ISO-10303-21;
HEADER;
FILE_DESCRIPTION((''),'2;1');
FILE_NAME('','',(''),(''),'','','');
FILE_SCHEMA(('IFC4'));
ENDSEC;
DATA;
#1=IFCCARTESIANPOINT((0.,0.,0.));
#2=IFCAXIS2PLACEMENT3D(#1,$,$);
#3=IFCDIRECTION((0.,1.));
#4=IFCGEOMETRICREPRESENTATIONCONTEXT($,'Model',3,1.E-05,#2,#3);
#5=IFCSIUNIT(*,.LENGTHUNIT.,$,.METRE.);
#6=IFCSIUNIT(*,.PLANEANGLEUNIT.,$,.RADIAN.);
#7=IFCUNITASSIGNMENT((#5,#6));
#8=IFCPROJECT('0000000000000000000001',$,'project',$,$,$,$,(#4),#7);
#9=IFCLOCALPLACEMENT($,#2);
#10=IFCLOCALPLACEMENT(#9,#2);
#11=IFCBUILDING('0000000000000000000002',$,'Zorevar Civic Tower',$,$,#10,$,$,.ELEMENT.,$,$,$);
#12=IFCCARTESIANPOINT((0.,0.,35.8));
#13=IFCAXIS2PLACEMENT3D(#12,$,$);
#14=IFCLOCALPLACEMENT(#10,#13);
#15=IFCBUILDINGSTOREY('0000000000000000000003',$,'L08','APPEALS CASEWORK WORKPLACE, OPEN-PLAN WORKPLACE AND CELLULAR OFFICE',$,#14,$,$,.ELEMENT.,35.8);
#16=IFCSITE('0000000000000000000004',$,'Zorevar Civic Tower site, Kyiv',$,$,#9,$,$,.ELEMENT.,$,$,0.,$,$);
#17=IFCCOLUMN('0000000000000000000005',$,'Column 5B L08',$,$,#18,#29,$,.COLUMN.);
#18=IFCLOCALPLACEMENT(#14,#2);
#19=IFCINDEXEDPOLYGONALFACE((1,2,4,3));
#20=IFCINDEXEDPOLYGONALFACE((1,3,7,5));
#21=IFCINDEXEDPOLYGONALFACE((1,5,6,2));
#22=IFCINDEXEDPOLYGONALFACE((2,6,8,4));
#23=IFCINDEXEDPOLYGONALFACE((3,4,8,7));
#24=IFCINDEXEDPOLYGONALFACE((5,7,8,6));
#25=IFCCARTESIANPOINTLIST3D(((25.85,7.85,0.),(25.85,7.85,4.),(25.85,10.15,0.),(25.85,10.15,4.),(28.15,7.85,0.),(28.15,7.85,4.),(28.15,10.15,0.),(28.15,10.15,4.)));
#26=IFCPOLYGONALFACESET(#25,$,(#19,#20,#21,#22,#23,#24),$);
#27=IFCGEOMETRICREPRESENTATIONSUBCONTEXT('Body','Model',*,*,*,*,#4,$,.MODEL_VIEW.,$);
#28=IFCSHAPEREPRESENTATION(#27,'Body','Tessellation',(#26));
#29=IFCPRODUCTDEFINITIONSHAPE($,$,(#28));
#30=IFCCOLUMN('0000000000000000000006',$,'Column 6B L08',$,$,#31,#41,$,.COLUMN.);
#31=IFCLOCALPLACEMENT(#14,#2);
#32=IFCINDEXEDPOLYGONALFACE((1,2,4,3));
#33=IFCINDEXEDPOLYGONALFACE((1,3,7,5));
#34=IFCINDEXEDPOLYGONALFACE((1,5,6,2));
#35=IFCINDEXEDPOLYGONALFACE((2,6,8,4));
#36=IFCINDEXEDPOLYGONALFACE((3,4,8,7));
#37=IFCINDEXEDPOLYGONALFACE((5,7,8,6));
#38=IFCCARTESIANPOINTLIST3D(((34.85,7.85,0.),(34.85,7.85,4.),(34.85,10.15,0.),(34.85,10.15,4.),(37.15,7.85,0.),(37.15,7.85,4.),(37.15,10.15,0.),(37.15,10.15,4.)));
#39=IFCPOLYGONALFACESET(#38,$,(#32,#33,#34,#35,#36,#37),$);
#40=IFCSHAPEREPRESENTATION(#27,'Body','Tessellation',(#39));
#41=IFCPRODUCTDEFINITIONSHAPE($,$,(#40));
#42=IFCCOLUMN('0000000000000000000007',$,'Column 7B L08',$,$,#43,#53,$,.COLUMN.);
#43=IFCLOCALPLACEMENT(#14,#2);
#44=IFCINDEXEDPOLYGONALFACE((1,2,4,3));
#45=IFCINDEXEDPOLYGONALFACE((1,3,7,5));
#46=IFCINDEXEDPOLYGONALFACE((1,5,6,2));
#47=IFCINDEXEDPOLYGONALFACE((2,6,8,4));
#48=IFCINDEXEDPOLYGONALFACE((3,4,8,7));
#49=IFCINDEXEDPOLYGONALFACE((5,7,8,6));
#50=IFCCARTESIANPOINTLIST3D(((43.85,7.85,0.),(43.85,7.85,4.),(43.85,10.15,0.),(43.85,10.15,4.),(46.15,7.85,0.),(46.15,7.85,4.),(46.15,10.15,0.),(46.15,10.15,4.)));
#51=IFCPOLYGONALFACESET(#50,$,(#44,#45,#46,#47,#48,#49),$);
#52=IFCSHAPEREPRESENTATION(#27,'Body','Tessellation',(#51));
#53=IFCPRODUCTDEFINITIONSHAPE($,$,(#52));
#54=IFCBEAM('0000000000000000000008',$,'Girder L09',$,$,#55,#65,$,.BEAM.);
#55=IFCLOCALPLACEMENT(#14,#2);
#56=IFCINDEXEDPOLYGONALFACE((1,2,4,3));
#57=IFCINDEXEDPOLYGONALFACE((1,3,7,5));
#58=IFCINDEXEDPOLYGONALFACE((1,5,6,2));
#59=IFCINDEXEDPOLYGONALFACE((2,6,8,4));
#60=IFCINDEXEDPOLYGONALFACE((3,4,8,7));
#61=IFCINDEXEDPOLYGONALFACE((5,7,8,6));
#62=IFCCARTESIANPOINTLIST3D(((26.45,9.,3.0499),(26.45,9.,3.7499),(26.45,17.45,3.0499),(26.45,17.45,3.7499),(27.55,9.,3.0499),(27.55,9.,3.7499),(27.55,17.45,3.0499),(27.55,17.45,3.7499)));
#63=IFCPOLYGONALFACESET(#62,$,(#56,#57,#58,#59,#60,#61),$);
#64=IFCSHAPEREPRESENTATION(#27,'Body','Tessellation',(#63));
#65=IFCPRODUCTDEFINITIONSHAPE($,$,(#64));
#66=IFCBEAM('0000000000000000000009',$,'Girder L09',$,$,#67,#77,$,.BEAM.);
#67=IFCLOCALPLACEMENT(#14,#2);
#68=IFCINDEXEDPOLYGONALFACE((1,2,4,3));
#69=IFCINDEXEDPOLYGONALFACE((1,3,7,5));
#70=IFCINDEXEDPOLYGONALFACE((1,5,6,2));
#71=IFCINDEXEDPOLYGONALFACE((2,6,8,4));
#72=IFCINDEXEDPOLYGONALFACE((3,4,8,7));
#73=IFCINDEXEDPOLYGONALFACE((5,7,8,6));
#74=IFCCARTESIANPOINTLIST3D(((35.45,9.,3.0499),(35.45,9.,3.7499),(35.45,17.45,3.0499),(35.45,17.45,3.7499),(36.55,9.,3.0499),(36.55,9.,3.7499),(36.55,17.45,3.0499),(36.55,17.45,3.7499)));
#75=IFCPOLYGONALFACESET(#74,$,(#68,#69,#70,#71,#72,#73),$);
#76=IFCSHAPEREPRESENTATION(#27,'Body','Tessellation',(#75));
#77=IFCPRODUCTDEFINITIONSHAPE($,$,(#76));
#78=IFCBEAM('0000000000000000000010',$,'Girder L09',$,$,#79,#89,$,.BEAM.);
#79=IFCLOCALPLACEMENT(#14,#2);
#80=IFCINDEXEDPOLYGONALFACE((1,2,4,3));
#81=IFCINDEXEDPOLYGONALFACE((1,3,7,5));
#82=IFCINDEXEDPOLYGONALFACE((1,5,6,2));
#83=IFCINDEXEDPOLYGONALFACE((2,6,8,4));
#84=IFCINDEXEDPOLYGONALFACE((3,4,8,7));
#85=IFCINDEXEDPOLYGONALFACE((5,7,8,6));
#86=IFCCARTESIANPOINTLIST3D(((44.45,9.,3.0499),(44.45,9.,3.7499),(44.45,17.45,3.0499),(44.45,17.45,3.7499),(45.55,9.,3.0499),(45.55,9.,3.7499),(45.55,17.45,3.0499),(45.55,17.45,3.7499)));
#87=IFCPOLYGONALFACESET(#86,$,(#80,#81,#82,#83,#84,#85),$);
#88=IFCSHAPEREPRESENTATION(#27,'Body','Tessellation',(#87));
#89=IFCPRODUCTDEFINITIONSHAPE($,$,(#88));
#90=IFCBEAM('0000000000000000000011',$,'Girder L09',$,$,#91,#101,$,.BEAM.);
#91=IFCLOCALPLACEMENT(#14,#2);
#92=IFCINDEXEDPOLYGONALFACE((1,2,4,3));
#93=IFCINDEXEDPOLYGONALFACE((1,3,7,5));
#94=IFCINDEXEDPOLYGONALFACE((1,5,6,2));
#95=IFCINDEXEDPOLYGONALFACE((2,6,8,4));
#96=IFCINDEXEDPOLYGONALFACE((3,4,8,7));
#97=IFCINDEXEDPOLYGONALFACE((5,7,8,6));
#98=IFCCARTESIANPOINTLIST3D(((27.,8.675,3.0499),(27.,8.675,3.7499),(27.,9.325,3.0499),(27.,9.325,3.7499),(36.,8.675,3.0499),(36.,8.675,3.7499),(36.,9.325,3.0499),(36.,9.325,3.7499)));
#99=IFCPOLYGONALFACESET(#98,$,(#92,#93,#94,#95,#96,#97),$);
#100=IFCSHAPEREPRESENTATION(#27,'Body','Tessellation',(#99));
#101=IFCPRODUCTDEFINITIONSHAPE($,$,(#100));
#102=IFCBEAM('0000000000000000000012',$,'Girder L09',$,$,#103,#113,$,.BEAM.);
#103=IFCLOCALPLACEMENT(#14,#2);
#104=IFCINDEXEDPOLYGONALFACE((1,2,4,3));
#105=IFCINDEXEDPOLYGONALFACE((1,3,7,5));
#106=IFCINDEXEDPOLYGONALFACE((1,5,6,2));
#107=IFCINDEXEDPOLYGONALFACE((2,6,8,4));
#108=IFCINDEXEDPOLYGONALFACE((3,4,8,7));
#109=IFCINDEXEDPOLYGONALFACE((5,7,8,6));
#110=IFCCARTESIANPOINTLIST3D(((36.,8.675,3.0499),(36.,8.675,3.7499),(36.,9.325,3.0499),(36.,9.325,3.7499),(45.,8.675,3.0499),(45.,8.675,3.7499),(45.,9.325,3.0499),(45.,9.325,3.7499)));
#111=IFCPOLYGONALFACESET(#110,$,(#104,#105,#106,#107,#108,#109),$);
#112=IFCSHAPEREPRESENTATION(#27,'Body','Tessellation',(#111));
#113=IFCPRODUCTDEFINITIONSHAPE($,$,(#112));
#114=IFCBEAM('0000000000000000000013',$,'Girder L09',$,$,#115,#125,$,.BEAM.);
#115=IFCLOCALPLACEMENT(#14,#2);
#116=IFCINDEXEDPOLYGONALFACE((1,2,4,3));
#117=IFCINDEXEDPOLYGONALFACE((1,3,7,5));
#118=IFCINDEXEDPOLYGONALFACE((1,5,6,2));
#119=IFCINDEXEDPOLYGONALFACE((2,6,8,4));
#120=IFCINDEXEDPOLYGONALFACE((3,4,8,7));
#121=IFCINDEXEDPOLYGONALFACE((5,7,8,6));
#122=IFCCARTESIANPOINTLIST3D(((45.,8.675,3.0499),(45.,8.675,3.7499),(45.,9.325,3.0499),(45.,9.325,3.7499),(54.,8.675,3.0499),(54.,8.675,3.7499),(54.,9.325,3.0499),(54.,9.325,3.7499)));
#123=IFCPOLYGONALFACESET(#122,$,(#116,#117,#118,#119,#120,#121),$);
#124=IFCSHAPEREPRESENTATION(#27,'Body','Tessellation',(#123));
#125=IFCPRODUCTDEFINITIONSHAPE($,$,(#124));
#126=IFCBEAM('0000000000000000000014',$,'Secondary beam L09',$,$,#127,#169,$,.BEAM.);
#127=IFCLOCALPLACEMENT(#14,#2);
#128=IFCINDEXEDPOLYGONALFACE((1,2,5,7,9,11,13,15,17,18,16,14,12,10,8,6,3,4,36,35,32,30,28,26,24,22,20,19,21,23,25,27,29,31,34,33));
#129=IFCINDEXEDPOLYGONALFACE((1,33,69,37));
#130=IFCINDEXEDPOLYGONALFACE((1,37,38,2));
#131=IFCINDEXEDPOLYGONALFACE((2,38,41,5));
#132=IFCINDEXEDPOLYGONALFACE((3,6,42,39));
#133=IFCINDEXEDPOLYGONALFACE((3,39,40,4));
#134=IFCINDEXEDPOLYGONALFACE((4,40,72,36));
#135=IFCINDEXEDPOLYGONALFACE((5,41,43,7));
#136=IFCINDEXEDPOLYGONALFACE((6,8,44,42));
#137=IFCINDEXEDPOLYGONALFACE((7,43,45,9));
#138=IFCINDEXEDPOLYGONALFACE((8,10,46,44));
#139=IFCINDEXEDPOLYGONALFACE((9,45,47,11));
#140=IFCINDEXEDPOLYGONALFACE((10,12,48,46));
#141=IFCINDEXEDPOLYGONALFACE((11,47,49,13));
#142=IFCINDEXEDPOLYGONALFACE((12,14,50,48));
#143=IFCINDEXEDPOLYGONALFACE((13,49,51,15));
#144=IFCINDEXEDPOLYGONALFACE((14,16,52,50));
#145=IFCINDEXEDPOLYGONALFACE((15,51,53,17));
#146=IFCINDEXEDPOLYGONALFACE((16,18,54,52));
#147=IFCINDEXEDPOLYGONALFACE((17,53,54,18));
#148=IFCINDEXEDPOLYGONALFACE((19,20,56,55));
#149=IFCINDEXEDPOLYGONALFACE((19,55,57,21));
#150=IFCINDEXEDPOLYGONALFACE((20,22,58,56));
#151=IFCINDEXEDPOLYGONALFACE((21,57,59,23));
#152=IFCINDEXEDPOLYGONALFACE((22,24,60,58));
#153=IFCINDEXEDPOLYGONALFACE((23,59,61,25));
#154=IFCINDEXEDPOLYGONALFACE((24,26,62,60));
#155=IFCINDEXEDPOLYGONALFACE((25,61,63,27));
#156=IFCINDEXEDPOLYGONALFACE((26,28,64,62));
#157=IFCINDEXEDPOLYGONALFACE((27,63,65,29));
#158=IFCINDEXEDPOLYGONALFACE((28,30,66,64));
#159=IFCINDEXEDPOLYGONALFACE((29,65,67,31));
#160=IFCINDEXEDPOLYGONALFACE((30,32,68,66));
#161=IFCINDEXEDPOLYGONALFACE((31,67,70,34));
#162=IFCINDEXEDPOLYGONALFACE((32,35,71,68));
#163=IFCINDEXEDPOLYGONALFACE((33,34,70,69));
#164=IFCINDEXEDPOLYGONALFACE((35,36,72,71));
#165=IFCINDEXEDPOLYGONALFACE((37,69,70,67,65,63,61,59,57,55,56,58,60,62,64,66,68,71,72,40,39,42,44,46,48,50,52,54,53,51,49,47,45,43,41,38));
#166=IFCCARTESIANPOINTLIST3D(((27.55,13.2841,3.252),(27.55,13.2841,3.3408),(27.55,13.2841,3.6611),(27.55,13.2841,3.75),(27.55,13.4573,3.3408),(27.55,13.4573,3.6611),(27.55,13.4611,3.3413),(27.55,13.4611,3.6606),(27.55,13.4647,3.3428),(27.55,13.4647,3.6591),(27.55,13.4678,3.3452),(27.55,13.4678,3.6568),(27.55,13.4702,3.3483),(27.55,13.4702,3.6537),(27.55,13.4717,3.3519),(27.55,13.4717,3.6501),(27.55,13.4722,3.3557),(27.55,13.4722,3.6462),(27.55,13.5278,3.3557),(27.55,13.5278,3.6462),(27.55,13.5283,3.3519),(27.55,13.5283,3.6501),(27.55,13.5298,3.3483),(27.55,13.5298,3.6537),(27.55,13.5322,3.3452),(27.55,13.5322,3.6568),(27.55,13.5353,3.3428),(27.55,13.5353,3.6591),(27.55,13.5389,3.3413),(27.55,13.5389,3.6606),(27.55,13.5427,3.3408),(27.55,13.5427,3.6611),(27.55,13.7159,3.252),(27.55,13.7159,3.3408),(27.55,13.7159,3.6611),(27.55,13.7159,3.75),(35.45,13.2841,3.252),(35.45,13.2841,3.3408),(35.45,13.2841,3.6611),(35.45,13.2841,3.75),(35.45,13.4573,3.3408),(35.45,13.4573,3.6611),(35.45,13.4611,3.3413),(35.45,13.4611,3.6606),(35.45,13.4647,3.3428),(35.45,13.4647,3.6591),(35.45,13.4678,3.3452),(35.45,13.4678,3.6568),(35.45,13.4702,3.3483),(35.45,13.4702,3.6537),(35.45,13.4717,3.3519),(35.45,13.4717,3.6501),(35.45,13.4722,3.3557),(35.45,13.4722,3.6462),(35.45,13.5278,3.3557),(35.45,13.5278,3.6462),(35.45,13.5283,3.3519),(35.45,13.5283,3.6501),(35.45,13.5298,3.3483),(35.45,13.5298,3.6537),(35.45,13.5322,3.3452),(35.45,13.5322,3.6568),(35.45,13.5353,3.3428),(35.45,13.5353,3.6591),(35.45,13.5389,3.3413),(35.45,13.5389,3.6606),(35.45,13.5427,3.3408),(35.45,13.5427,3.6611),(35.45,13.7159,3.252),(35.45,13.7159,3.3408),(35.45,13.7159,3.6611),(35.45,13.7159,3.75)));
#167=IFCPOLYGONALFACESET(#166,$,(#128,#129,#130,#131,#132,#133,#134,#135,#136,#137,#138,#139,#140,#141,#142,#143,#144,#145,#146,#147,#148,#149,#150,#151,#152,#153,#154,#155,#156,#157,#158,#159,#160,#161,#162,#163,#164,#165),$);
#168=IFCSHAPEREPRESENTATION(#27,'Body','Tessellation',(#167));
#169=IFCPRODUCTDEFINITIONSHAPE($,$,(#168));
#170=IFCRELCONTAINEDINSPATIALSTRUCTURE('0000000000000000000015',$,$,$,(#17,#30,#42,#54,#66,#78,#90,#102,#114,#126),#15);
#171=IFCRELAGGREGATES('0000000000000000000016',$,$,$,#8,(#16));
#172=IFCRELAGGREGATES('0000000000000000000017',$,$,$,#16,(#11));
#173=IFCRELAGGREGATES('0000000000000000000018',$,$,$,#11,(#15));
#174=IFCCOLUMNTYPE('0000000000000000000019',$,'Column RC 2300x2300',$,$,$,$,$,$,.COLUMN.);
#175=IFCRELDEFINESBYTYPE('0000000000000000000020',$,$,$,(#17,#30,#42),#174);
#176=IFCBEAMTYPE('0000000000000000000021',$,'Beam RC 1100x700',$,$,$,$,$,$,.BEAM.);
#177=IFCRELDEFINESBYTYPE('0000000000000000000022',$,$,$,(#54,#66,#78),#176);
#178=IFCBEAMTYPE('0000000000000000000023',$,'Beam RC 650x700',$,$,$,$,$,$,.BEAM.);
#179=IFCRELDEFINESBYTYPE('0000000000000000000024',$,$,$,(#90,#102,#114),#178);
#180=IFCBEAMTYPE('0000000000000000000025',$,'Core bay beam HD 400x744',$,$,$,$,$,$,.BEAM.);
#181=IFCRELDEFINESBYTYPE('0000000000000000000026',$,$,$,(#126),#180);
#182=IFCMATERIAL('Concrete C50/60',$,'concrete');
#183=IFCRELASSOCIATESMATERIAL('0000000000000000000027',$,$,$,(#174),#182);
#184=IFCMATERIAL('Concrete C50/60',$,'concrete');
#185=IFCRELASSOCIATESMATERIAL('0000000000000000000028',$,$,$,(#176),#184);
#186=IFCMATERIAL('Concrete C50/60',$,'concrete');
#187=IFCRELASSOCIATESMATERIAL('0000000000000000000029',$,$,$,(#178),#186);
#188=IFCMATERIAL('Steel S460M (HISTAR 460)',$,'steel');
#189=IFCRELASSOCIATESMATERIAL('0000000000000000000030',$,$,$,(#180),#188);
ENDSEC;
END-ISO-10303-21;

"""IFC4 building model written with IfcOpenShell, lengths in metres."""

from ifc_helpers import new_model, si_unit, direction, frame, origin, origin_2d, place, context, subcontext, project, spatial, rectangle, i_section, extrude, material, material_profile, profile_set, type_object, element, save


model = new_model("IFC4")

# Units and contexts
model_context = context("Model", 3, precision=1e-05, world=origin(), true_north=direction((0.0, 1.0)))
body_context = subcontext(model_context, "Body", "Model", "MODEL_VIEW")
ifc_project = project(units=[si_unit("LENGTHUNIT", "METRE"), si_unit("PLANEANGLEUNIT", "RADIAN")], contexts=[model_context])

# Site, building, storey
site_placement = place(None, origin())
site = spatial("IfcSite", under=ifc_project, at=site_placement, Name="Zorevar Civic Tower site, Kyiv", CompositionType="ELEMENT", RefElevation=0.0)
building_placement = place(site_placement, origin())
building = spatial("IfcBuilding", under=site, at=building_placement, Name="Zorevar Civic Tower", CompositionType="ELEMENT")
storey_placement = place(building_placement, frame((0.0, 0.0, 35.8)))
storey = spatial("IfcBuildingStorey", under=building, at=storey_placement, Name="L08", Description="APPEALS CASEWORK WORKPLACE, OPEN-PLAN WORKPLACE AND CELLULAR OFFICE", CompositionType="ELEMENT", Elevation=35.8)

# Columns
ifc_material_1 = material(Name="Concrete C50/60", Category="concrete")
ifc_material_profile_1 = material_profile(ifc_material_1, rectangle(XDim=2.3, YDim=2.3, at=origin_2d()), Name="RC 2300x2300")
ifc_profile_set_1 = profile_set([ifc_material_profile_1], Name="Concrete C50/60")
column_type = type_object("IfcColumnType", Name="Column RC 2300x2300", PredefinedType="COLUMN", material=ifc_profile_set_1)
for number, where, z_axis, x_axis, name in (
    (1, (27.0, 9.0, 0.0), (0.0, 0.0, 1.0), (1.0, 0.0, 0.0), "Column 5B L08"),
    (2, (36.0, 9.0, 0.0), (0.0, 0.0, 1.0), (1.0, 0.0, 0.0), "Column 6B L08"),
    (3, (45.0, 9.0, 0.0), (0.0, 0.0, 1.0), (1.0, 0.0, 0.0), "Column 7B L08"),
):
    element("IfcColumn", number, at=place(storey_placement, frame(where, z_axis=z_axis, x_axis=x_axis)), inside=storey, type_object=column_type, Name=name, PredefinedType="COLUMN", context=body_context, shape_type="SweptSolid", body=[
        extrude(rectangle(XDim=2.3, YDim=2.3, at=origin_2d()), origin(), (0.0, 0.0, 1.0), 4.0),
    ])

# Beams
ifc_material_2 = material(Name="Concrete C50/60", Category="concrete")
ifc_material_profile_2 = material_profile(ifc_material_2, rectangle(XDim=1.1001, YDim=0.7, at=origin_2d()), Name="RC 1100x700")
ifc_profile_set_2 = profile_set([ifc_material_profile_2], Name="Concrete C50/60")
beam_type_1 = type_object("IfcBeamType", Name="Beam RC 1100x700", PredefinedType="BEAM", material=ifc_profile_set_2)
for number, where, z_axis, x_axis, name in (
    (4, (27.0, 9.0, 3.3999), (0.0, 1.0, 0.0), (-1.0, 0.0, 0.0), "Girder L09"),
    (5, (36.0, 9.0, 3.3999), (0.0, 1.0, 0.0), (-1.0, 0.0, 0.0), "Girder L09"),
    (6, (45.0, 9.0, 3.3999), (0.0, 1.0, 0.0), (-1.0, 0.0, 0.0), "Girder L09"),
):
    element("IfcBeam", number, at=place(storey_placement, frame(where, z_axis=z_axis, x_axis=x_axis)), inside=storey, type_object=beam_type_1, Name=name, PredefinedType="BEAM", context=body_context, shape_type="SweptSolid", body=[
        extrude(rectangle(XDim=1.1001, YDim=0.7, at=origin_2d()), origin(), (0.0, 0.0, 1.0), 8.45),
    ])
ifc_material_3 = material(Name="Concrete C50/60", Category="concrete")
ifc_material_profile_3 = material_profile(ifc_material_3, rectangle(XDim=0.6499, YDim=0.7, at=origin_2d()), Name="RC 650x700")
ifc_profile_set_3 = profile_set([ifc_material_profile_3], Name="Concrete C50/60")
beam_type_2 = type_object("IfcBeamType", Name="Beam RC 650x700", PredefinedType="BEAM", material=ifc_profile_set_3)
for number, where, z_axis, x_axis, name in (
    (7, (27.0, 9.0, 3.3999), (1.0, 0.0, 0.0), (0.0, 1.0, 0.0), "Girder L09"),
    (8, (36.0, 9.0, 3.3999), (1.0, 0.0, 0.0), (0.0, 1.0, 0.0), "Girder L09"),
    (9, (45.0, 9.0, 3.3999), (1.0, 0.0, 0.0), (0.0, 1.0, 0.0), "Girder L09"),
):
    element("IfcBeam", number, at=place(storey_placement, frame(where, z_axis=z_axis, x_axis=x_axis)), inside=storey, type_object=beam_type_2, Name=name, PredefinedType="BEAM", context=body_context, shape_type="SweptSolid", body=[
        extrude(rectangle(XDim=0.6499, YDim=0.7, at=origin_2d()), origin(), (0.0, 0.0, 1.0), 9.0),
    ])
ifc_material_4 = material(Name="Steel S460M (HISTAR 460)", Category="steel")
ifc_material_profile_4 = material_profile(ifc_material_4, i_section(OverallWidth=0.4319, OverallDepth=0.498, WebThickness=0.0557, FlangeThickness=0.0889, FilletRadius=0.0149, at=origin_2d()), Name="HD 400x744")
ifc_profile_set_4 = profile_set([ifc_material_profile_4], Name="Steel S460M (HISTAR 460)")
beam_type_3 = type_object("IfcBeamType", Name="Core bay beam HD 400x744", PredefinedType="BEAM", material=ifc_profile_set_4)
for number, where, z_axis, x_axis, name in (
    (10, (27.55, 13.5, 3.501), (1.0, 0.0, 0.0), (0.0, 1.0, 0.0), "Secondary beam L09"),
):
    element("IfcBeam", number, at=place(storey_placement, frame(where, z_axis=z_axis, x_axis=x_axis)), inside=storey, type_object=beam_type_3, Name=name, PredefinedType="BEAM", context=body_context, shape_type="SweptSolid", body=[
        extrude(i_section(OverallWidth=0.4319, OverallDepth=0.498, WebThickness=0.0557, FlangeThickness=0.0889, FilletRadius=0.0149, at=origin_2d()), origin(), (0.0, 0.0, 1.0), 7.8999),
    ])

save(model, "model.ifc")
